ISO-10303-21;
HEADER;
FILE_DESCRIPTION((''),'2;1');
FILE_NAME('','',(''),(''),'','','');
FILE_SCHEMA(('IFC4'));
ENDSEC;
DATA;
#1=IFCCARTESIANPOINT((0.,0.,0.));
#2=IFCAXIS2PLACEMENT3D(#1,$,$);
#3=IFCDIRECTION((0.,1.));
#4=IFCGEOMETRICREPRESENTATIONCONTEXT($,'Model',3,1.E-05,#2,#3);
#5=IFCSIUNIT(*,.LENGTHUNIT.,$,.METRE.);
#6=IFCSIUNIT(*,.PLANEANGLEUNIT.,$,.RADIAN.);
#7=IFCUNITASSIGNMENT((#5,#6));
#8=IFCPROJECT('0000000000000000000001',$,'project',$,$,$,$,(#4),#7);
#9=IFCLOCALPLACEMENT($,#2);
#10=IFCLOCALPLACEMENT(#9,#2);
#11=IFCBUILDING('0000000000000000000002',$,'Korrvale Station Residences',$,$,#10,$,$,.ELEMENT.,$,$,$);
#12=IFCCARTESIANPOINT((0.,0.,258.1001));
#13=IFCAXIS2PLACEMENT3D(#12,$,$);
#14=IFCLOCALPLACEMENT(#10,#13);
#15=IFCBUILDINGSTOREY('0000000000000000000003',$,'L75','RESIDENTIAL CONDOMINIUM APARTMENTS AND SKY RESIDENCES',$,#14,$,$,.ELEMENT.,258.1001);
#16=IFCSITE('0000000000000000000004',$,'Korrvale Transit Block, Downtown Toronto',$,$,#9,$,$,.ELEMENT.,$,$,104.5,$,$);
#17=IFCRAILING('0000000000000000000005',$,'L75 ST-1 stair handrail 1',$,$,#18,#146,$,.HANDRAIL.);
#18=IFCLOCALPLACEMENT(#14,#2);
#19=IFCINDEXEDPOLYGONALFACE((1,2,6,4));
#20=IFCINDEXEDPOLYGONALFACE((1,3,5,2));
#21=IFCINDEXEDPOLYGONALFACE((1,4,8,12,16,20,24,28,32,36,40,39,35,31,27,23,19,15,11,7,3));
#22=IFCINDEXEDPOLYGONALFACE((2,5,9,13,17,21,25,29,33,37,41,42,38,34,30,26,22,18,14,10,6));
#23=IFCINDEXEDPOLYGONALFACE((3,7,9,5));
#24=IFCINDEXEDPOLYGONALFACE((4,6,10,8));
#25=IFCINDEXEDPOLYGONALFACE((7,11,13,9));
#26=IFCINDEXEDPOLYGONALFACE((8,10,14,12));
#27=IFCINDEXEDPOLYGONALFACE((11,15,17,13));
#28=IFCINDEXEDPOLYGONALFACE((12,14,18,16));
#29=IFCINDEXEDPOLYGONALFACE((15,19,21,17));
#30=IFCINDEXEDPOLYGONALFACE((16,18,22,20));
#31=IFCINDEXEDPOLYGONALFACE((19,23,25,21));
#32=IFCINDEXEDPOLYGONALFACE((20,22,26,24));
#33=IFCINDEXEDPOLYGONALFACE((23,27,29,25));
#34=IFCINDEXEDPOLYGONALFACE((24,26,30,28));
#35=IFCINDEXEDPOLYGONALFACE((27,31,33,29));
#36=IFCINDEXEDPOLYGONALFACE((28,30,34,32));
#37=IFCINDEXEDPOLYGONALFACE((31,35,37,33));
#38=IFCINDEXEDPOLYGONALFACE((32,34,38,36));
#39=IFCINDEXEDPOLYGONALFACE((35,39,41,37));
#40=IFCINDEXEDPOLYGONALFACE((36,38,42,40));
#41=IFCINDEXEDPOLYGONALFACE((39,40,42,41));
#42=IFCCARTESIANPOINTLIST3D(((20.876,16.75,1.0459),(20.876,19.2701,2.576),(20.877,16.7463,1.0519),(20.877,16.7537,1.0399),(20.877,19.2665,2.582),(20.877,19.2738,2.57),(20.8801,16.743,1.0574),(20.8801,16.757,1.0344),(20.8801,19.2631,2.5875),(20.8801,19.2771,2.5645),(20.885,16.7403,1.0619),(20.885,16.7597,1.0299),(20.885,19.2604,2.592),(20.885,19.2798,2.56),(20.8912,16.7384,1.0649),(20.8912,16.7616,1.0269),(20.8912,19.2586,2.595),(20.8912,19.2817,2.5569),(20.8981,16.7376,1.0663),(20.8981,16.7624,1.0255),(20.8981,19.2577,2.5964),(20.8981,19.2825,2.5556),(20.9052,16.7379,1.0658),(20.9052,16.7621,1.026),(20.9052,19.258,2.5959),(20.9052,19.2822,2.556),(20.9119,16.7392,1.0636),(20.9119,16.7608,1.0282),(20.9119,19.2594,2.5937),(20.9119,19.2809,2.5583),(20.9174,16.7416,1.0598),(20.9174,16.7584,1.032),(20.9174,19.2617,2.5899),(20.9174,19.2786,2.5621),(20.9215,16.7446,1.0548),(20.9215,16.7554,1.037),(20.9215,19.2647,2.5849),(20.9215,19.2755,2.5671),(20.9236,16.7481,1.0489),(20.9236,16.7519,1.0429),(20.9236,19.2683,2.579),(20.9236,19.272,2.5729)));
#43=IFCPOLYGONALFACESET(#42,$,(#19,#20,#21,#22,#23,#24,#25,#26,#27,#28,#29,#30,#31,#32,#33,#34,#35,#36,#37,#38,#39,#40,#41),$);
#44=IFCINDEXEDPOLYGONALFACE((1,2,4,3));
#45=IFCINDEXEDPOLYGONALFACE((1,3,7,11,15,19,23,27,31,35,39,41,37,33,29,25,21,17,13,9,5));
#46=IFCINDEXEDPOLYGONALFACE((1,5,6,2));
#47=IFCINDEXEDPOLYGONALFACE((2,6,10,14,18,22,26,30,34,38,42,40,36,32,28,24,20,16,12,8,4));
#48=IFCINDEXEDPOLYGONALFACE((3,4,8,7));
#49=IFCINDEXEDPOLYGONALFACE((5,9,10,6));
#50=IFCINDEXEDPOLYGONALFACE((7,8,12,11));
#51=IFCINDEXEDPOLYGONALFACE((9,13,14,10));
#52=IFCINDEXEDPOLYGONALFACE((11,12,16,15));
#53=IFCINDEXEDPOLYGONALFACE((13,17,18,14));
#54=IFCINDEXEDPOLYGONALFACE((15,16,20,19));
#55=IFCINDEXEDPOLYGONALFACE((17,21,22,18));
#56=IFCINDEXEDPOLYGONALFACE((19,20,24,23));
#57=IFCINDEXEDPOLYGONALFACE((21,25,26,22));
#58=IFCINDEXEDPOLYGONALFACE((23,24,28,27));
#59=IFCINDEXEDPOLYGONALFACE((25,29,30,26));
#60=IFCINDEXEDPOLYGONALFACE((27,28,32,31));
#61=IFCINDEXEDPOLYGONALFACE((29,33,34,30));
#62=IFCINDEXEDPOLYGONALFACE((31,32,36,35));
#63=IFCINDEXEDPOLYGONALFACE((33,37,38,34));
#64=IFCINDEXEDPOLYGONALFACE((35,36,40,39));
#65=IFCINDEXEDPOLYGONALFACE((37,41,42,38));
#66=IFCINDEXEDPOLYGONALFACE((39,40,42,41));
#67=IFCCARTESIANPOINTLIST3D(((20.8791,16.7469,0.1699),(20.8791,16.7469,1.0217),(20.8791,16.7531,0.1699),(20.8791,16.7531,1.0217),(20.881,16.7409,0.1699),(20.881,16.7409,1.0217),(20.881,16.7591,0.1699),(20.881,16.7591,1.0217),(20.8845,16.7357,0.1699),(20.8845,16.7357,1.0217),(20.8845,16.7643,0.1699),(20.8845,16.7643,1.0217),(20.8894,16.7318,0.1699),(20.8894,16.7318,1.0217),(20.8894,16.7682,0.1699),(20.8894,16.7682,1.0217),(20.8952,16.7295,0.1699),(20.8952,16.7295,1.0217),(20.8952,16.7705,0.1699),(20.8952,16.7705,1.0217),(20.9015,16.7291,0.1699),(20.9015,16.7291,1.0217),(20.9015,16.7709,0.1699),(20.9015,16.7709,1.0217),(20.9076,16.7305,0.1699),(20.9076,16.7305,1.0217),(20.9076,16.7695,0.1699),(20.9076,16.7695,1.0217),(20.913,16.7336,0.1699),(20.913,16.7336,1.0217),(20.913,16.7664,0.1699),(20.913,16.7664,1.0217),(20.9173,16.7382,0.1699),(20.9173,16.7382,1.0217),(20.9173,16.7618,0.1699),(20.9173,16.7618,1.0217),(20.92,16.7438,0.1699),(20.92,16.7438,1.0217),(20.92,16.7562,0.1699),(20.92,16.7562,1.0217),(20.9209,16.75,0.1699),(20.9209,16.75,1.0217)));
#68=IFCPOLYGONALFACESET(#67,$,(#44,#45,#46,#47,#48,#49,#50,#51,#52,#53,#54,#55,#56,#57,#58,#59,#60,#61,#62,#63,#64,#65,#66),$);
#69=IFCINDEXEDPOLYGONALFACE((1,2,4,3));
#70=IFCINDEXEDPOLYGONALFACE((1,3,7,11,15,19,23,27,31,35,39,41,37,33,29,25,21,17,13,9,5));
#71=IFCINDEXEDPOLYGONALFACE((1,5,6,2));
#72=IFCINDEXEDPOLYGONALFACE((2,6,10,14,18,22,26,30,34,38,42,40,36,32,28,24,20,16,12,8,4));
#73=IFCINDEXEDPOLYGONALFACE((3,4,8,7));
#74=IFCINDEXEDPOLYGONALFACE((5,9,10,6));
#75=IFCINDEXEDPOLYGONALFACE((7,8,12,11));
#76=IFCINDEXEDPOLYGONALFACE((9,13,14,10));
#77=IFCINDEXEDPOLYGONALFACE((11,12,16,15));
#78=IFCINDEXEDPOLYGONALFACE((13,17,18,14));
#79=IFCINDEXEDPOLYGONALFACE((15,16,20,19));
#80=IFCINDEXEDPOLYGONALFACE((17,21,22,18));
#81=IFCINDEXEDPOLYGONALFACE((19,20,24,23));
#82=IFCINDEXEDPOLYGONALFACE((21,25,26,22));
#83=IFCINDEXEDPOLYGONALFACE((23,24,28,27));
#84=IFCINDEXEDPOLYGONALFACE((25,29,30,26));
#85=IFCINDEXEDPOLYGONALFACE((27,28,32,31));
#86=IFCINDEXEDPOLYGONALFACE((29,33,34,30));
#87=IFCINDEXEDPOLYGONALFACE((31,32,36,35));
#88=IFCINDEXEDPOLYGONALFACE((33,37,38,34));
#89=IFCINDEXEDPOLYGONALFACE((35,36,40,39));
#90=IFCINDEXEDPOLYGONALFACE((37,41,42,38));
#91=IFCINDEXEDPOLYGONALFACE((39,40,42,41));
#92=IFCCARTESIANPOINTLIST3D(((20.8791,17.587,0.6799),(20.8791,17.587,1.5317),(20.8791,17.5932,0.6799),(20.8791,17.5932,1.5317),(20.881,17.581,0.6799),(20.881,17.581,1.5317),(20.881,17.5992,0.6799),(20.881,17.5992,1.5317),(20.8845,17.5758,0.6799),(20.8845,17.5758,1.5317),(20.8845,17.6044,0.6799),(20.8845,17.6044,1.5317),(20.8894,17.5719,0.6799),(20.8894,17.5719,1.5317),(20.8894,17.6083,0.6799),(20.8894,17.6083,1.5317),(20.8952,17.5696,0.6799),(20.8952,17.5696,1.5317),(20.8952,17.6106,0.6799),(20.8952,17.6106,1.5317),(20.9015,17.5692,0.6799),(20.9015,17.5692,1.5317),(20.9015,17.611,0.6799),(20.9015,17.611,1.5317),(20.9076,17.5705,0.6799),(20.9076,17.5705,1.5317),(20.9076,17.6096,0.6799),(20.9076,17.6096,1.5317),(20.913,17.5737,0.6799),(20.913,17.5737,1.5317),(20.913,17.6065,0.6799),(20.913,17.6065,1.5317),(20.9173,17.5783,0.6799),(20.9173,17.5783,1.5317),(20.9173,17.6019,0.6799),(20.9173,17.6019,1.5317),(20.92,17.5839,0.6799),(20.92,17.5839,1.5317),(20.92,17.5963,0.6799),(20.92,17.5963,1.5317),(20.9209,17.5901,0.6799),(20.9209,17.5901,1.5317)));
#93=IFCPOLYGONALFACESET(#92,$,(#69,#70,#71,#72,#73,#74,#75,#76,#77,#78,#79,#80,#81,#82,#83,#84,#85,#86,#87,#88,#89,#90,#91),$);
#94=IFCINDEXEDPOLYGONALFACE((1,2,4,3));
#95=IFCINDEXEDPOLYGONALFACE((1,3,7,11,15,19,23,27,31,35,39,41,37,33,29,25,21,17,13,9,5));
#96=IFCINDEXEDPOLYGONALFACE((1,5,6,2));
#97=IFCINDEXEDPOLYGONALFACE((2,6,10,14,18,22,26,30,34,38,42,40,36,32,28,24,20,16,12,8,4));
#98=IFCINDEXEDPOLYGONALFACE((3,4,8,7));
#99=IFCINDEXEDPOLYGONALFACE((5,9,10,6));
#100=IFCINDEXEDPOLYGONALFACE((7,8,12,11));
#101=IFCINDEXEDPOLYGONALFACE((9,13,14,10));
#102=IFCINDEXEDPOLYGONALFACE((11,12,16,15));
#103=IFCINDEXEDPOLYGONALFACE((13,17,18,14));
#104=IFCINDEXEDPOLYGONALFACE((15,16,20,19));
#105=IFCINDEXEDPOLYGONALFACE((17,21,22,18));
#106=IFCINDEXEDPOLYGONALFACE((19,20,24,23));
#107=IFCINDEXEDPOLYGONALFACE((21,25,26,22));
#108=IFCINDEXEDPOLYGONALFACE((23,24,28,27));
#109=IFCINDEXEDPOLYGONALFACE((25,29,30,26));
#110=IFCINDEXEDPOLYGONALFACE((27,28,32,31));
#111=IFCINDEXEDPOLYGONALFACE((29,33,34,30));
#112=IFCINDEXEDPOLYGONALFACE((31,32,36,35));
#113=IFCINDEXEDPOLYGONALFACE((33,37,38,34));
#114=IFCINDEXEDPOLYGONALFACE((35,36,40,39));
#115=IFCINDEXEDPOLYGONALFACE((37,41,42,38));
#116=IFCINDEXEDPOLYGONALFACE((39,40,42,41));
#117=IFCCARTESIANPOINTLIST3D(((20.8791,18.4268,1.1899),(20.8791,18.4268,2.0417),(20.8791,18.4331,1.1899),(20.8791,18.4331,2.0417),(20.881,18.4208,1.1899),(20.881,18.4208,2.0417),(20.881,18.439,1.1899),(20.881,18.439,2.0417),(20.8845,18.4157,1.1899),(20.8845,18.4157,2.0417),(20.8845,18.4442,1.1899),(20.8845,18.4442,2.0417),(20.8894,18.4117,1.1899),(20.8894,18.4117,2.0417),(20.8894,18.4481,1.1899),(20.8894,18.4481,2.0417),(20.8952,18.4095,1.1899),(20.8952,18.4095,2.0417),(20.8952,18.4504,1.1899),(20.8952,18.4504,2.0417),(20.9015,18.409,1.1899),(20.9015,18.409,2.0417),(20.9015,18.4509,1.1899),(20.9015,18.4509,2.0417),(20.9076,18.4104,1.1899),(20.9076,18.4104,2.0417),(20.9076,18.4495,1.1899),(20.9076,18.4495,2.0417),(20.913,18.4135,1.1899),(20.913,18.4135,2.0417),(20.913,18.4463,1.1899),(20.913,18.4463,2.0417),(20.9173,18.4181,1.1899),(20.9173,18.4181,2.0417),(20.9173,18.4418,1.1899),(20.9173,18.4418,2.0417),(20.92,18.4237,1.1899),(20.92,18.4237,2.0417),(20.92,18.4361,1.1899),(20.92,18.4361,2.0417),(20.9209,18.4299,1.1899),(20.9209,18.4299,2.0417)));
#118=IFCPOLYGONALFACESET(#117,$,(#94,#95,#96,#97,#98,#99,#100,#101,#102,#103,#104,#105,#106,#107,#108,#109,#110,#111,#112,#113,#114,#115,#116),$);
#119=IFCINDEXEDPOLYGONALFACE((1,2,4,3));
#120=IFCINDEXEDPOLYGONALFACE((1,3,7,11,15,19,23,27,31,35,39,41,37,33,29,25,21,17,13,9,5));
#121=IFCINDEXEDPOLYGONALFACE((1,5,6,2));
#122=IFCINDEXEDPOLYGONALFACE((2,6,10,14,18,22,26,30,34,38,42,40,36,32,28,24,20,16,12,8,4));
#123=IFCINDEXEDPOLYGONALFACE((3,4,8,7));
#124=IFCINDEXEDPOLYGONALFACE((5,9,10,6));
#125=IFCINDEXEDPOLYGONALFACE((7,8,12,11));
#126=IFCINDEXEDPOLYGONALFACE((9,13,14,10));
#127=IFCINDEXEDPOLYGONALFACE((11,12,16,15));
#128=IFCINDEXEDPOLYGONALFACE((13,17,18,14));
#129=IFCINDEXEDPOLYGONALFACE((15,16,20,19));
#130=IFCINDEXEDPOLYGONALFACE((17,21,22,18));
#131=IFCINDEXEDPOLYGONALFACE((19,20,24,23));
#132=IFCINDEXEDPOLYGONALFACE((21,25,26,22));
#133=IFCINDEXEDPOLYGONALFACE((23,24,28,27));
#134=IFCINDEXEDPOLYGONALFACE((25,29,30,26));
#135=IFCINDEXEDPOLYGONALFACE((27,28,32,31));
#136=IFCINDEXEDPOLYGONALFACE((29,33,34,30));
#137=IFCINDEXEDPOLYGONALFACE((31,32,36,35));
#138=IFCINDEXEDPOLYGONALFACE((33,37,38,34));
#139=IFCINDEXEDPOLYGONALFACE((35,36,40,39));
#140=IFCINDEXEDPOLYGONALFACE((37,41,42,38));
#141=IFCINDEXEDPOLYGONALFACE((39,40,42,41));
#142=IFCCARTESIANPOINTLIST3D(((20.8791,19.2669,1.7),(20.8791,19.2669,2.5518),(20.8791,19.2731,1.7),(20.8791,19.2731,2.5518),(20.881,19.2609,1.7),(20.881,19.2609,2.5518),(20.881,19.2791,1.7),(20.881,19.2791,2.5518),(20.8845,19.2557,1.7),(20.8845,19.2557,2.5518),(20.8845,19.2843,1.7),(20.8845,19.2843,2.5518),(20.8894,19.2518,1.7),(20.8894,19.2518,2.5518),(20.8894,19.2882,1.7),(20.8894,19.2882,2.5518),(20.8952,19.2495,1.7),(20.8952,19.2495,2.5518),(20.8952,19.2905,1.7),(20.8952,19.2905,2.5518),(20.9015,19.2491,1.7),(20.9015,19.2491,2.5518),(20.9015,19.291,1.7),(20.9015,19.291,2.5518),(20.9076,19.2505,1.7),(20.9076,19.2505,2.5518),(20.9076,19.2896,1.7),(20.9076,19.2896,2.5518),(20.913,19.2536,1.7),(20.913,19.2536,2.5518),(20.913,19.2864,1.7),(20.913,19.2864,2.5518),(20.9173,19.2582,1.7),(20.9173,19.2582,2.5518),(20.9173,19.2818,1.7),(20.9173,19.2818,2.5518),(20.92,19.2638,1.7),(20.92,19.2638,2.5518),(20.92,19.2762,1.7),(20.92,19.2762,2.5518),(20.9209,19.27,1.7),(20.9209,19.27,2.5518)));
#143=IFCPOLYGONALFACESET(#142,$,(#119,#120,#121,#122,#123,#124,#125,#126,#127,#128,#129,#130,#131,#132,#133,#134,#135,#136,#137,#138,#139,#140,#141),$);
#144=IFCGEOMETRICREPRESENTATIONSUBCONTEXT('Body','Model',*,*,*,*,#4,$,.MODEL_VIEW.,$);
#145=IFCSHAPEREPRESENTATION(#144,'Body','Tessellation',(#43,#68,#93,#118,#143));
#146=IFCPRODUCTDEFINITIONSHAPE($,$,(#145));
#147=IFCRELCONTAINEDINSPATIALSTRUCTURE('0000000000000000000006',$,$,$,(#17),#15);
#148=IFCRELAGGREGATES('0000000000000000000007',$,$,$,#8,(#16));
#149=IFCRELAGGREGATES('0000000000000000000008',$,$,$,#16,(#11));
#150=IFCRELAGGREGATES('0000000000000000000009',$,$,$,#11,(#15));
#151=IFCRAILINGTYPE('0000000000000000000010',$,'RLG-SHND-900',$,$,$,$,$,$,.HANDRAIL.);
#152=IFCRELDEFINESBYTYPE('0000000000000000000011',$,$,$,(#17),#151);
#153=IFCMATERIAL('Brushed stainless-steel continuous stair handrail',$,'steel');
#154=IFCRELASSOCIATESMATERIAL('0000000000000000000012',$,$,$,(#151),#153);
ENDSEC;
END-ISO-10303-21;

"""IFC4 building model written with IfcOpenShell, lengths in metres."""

from ifc_helpers import new_model, si_unit, direction, frame, origin, origin_2d, place, context, subcontext, project, spatial, circle, extrude, material, type_object, element, save


model = new_model("IFC4")

# Units and contexts
model_context = context("Model", 3, precision=1e-05, world=origin(), true_north=direction((0.0, 1.0)))
body_context = subcontext(model_context, "Body", "Model", "MODEL_VIEW")
ifc_project = project(units=[si_unit("LENGTHUNIT", "METRE"), si_unit("PLANEANGLEUNIT", "RADIAN")], contexts=[model_context])

# Site, building, storey
site_placement = place(None, origin())
site = spatial("IfcSite", under=ifc_project, at=site_placement, Name="Korrvale Transit Block, Downtown Toronto", CompositionType="ELEMENT", RefElevation=104.5)
building_placement = place(site_placement, origin())
building = spatial("IfcBuilding", under=site, at=building_placement, Name="Korrvale Station Residences", CompositionType="ELEMENT")
storey_placement = place(building_placement, frame((0.0, 0.0, 258.1001)))
storey = spatial("IfcBuildingStorey", under=building, at=storey_placement, Name="L75", Description="RESIDENTIAL CONDOMINIUM APARTMENTS AND SKY RESIDENCES", CompositionType="ELEMENT", Elevation=258.1001)

# Railing
ifc_material_1 = material(Name="Brushed stainless-steel continuous stair handrail", Category="steel")
railing_type_1 = type_object("IfcRailingType", Name="RLG-SHND-900", PredefinedType="HANDRAIL", material=ifc_material_1)
railing_1_placement = place(storey_placement, frame((20.8999, 16.75, 0.1699)))
element("IfcRailing", 1, at=railing_1_placement, inside=storey, type_object=railing_type_1, Name="L75 ST-1 stair handrail 1", PredefinedType="HANDRAIL", context=body_context, shape_type="SweptSolid", body=[
    extrude(circle(Radius=0.0239, at=origin_2d()), frame((0.0, 0.0, 0.876), z_axis=(0.0, 0.854785, 0.518982), x_axis=(-1.0, 0.0, 0.0)), (0.0, 0.0, 1.0), 2.9482),
    extrude(circle(Radius=0.021, at=origin_2d()), origin(), (0.0, 0.0, 1.0), 0.8518),
    extrude(circle(Radius=0.021, at=origin_2d()), frame((0.0, 0.8401, 0.51)), (0.0, 0.0, 1.0), 0.8518),
    extrude(circle(Radius=0.021, at=origin_2d()), frame((0.0, 1.6799, 1.02)), (0.0, 0.0, 1.0), 0.8518),
    extrude(circle(Radius=0.021, at=origin_2d()), frame((0.0, 2.52, 1.53)), (0.0, 0.0, 1.0), 0.8518),
])

save(model, "model.ifc")
